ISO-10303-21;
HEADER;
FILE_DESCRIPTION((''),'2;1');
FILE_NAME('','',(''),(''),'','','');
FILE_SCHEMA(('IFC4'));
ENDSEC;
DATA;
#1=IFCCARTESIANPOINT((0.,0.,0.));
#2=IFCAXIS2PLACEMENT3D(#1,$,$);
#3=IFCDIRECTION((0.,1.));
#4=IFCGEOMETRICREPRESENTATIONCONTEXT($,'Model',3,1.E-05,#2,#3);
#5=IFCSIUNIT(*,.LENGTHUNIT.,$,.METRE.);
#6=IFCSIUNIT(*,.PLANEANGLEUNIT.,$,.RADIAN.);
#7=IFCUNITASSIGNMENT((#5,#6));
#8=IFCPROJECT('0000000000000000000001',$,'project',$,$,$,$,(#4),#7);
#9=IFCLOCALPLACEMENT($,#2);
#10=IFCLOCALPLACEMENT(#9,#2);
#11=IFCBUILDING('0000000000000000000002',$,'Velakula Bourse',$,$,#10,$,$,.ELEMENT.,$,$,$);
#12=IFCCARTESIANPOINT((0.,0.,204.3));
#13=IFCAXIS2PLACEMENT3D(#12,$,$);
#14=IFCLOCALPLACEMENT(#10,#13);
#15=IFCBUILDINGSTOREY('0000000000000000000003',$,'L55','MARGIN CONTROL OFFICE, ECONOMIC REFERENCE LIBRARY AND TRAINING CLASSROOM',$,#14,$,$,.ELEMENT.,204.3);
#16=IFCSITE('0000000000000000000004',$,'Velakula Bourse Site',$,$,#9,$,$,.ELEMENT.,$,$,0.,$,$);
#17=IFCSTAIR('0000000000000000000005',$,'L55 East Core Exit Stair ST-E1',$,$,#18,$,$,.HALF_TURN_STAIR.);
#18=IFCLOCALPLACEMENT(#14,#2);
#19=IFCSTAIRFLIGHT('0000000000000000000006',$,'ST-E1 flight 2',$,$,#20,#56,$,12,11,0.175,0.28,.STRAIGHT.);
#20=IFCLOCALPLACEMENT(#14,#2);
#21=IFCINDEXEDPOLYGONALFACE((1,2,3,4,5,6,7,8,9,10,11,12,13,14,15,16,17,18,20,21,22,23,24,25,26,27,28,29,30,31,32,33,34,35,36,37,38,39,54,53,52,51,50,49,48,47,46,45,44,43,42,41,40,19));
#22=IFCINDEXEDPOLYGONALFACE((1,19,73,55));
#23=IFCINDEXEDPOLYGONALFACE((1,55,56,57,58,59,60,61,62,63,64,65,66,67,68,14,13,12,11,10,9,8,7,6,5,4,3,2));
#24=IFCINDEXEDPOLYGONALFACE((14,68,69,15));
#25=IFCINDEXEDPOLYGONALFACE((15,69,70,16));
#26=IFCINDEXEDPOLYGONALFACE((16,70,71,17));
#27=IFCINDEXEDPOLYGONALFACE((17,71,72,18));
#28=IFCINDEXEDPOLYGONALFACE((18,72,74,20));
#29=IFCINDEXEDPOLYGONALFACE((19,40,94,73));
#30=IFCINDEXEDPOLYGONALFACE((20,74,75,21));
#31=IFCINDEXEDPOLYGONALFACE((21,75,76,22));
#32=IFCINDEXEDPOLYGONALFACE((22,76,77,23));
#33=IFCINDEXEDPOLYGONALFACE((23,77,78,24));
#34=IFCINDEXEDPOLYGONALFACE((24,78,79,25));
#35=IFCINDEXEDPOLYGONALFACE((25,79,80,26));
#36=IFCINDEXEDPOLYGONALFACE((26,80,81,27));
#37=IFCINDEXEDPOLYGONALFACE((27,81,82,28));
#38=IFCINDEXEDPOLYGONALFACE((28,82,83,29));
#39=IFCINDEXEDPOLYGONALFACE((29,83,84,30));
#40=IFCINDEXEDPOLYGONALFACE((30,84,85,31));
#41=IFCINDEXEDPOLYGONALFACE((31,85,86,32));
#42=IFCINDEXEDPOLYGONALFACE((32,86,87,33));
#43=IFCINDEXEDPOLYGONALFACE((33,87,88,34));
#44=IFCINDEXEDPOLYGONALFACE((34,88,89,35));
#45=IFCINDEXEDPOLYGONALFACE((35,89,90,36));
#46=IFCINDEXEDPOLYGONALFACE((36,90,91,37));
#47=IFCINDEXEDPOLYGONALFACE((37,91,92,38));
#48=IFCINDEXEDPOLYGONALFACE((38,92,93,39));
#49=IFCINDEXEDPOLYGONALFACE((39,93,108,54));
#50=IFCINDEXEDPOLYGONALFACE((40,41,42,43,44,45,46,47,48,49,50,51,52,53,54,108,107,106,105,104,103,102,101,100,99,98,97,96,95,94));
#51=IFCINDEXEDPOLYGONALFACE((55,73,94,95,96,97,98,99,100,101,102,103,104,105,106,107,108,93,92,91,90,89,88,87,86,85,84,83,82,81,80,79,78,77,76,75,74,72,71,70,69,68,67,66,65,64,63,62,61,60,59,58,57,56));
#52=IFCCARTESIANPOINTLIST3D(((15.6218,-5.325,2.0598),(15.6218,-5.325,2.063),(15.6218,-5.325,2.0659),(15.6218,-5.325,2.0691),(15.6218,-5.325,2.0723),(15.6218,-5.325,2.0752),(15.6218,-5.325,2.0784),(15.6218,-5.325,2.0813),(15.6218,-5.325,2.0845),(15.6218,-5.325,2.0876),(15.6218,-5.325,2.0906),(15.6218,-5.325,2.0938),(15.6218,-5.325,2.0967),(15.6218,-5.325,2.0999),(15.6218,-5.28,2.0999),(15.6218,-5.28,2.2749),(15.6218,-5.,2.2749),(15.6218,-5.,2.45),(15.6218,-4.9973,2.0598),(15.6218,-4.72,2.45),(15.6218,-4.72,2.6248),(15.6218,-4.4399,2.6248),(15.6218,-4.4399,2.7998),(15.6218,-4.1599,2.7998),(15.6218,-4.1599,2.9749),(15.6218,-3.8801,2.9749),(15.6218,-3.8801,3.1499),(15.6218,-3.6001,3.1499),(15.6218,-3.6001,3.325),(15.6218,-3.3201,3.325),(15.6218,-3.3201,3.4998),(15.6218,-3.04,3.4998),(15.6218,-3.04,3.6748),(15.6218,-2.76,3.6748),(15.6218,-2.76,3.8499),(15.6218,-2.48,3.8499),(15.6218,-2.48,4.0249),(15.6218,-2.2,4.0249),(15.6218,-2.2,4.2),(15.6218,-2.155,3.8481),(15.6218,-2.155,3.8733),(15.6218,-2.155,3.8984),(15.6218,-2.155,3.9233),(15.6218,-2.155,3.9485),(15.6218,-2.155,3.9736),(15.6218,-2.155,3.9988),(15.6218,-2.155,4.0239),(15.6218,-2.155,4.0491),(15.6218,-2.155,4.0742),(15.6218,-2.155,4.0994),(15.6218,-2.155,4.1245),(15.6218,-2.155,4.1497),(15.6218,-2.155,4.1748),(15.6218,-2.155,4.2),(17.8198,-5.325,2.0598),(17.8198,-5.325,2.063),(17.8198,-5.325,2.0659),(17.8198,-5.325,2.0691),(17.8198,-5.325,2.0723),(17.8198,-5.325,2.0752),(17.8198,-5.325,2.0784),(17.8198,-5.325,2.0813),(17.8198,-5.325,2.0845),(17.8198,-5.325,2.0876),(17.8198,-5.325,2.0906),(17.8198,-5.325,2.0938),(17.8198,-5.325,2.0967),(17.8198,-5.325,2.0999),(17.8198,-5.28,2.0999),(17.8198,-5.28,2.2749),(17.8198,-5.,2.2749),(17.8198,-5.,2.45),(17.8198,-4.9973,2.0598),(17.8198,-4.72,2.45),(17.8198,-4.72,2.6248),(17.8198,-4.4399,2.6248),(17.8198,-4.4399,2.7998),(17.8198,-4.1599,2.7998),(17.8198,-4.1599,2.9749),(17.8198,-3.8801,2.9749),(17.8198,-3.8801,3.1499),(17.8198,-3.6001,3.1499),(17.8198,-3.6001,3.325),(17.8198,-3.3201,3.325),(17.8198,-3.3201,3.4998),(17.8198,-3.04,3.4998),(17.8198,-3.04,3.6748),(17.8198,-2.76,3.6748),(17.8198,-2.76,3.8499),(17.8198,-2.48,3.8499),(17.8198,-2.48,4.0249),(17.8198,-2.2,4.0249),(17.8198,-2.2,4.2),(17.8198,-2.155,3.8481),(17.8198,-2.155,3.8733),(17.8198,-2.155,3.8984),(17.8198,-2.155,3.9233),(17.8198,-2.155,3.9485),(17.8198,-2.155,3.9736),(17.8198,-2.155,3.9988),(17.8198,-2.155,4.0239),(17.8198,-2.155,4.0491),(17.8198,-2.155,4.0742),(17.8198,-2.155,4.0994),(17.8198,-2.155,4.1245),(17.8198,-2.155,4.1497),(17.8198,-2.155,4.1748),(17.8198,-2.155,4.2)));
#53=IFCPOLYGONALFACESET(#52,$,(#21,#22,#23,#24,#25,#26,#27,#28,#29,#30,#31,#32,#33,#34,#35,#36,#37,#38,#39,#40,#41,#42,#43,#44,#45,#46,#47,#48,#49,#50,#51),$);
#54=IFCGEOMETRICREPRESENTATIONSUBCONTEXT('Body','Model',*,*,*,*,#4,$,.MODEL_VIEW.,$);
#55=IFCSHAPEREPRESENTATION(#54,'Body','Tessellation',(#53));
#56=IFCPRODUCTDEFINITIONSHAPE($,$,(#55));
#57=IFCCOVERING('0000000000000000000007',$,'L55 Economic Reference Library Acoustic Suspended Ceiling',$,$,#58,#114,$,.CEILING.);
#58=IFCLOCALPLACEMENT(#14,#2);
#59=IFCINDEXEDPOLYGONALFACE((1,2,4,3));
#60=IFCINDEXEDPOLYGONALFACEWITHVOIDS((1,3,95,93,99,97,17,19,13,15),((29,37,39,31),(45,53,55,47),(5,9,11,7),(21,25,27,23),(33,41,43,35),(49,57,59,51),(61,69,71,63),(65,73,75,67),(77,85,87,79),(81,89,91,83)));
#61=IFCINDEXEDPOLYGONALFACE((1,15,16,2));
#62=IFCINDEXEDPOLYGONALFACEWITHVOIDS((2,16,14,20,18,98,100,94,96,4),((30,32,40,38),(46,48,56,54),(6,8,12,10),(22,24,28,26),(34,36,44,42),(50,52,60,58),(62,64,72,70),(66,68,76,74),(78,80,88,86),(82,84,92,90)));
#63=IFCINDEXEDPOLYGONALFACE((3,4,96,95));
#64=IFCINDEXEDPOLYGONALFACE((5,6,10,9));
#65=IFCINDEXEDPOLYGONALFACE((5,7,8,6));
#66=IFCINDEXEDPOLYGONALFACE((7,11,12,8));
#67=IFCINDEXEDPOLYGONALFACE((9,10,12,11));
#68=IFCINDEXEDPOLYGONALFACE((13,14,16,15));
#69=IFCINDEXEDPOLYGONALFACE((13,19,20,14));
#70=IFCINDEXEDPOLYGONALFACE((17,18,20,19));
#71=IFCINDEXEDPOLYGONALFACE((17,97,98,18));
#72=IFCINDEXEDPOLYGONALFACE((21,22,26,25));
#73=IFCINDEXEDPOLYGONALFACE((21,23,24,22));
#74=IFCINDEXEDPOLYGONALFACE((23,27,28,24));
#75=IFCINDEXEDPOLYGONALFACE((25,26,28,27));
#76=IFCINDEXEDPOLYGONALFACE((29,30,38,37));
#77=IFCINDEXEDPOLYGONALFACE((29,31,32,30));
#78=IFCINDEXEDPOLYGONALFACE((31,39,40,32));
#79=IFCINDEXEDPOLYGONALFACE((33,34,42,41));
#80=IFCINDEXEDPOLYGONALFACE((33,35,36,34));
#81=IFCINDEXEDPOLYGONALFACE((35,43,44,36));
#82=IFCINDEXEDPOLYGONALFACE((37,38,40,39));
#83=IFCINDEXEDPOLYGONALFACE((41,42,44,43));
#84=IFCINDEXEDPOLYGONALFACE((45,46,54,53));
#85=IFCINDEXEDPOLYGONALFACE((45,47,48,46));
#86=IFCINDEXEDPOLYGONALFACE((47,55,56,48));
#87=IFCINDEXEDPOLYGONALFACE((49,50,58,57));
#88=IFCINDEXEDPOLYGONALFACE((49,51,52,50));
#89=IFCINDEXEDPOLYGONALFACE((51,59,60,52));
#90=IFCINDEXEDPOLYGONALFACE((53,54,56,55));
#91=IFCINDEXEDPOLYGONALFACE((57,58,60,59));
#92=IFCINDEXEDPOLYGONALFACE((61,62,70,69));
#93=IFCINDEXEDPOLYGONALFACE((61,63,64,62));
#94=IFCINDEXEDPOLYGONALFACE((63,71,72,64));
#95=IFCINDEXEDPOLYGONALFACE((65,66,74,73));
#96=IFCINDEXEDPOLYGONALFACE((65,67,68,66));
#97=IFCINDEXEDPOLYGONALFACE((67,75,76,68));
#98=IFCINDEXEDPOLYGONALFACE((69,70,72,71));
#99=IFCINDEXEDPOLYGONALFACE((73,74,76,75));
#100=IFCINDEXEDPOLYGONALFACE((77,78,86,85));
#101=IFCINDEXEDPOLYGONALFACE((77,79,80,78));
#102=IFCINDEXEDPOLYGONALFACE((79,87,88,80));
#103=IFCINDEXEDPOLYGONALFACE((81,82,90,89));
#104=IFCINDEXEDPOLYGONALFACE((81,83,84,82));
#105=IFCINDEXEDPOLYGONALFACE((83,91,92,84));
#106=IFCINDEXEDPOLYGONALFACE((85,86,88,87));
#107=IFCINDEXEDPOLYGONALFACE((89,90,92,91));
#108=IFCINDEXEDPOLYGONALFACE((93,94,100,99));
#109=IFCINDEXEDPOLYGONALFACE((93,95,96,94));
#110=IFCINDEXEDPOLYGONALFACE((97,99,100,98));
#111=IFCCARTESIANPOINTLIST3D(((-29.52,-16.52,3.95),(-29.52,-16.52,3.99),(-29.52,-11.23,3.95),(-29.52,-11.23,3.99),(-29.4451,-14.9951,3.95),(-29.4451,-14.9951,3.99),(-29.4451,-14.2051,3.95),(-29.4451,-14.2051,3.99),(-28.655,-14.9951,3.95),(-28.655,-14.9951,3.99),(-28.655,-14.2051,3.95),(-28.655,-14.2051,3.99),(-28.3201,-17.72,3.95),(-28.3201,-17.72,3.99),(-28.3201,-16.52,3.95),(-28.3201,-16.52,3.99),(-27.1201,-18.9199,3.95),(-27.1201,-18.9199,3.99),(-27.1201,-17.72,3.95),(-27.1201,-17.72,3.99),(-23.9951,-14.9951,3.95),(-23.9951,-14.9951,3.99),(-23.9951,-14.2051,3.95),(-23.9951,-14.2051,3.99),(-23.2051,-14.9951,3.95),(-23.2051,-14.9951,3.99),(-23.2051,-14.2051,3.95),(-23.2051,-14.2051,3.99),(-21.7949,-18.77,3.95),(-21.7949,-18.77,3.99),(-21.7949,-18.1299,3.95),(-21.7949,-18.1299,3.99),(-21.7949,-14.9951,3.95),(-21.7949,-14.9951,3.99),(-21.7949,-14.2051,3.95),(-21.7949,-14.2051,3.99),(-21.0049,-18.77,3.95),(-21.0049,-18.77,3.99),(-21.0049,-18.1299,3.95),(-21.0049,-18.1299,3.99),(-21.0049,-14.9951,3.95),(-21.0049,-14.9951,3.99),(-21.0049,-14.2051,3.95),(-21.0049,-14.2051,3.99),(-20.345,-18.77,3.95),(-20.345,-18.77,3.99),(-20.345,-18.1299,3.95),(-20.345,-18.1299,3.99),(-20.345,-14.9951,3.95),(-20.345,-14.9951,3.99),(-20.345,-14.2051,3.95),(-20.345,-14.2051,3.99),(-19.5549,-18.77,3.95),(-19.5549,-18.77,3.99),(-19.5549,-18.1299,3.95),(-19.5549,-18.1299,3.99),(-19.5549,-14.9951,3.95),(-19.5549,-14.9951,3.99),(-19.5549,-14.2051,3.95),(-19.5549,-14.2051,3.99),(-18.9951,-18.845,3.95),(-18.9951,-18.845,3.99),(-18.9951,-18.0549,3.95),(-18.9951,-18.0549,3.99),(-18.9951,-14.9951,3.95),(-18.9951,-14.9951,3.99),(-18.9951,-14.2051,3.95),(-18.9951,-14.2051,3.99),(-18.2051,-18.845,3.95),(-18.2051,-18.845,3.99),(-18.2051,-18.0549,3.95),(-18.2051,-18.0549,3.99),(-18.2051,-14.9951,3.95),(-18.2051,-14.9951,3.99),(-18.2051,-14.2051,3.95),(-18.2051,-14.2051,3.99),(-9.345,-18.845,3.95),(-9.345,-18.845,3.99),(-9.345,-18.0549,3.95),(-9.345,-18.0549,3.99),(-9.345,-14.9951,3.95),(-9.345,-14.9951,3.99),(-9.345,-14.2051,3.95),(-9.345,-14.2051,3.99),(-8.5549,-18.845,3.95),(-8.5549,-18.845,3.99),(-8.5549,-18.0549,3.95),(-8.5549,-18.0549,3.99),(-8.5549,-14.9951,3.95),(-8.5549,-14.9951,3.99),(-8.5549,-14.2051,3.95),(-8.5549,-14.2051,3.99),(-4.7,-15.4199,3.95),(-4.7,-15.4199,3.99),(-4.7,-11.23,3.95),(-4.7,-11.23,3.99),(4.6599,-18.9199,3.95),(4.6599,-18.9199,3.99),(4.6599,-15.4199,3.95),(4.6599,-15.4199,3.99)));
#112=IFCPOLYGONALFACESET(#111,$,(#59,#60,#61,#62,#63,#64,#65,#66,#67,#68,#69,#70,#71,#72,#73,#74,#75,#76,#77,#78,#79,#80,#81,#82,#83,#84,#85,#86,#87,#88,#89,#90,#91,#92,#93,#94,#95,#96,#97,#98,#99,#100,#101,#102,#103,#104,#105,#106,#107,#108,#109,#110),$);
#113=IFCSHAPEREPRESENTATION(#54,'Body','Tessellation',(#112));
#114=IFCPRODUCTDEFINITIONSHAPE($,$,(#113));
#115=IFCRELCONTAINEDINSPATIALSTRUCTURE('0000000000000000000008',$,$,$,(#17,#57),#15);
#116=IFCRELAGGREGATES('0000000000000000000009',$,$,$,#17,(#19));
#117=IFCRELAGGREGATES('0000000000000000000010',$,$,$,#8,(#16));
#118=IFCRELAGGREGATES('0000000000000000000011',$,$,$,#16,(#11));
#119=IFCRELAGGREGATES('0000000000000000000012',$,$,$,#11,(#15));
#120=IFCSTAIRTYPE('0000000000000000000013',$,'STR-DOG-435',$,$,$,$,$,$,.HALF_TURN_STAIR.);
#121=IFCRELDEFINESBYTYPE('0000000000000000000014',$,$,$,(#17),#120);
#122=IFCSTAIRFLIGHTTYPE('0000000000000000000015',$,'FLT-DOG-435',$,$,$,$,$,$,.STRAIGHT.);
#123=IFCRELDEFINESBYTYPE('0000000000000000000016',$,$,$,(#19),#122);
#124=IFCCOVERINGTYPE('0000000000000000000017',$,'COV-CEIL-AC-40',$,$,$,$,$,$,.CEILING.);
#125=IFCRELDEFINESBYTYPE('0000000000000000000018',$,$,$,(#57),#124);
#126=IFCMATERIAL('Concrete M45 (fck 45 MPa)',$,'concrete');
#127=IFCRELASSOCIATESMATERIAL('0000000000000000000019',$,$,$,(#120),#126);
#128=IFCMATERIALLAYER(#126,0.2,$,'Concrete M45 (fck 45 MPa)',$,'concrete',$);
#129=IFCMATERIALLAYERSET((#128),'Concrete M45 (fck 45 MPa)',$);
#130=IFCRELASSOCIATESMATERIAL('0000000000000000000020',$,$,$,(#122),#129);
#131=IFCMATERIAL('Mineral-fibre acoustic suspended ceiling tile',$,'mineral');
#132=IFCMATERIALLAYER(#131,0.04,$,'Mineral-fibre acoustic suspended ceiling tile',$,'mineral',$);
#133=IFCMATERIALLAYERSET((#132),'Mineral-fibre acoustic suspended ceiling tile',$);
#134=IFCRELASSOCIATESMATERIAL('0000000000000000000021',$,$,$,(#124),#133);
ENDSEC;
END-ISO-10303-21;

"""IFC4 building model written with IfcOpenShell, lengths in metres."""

from ifc_helpers import new_model, si_unit, direction, frame, origin, place, context, subcontext, project, spatial, polyline, outline, extrude, material, layer, layer_set, type_object, element, aggregate, save


model = new_model("IFC4")

# Units and contexts
model_context = context("Model", 3, precision=1e-05, world=origin(), true_north=direction((0.0, 1.0)))
body_context = subcontext(model_context, "Body", "Model", "MODEL_VIEW")
ifc_project = project(units=[si_unit("LENGTHUNIT", "METRE"), si_unit("PLANEANGLEUNIT", "RADIAN")], contexts=[model_context])

# Site, building, storey
site_placement = place(None, origin())
site = spatial("IfcSite", under=ifc_project, at=site_placement, Name="Velakula Bourse Site", CompositionType="ELEMENT", RefElevation=0.0)
building_placement = place(site_placement, origin())
building = spatial("IfcBuilding", under=site, at=building_placement, Name="Velakula Bourse", CompositionType="ELEMENT")
storey_placement = place(building_placement, frame((0.0, 0.0, 204.3)))
storey = spatial("IfcBuildingStorey", under=building, at=storey_placement, Name="L55", Description="MARGIN CONTROL OFFICE, ECONOMIC REFERENCE LIBRARY AND TRAINING CLASSROOM", CompositionType="ELEMENT", Elevation=204.3)

# Stair
ifc_material_1 = material(Name="Concrete M45 (fck 45 MPa)", Category="concrete")
stair_type = type_object("IfcStairType", Name="STR-DOG-435", PredefinedType="HALF_TURN_STAIR", material=ifc_material_1)
stair_1_placement = place(storey_placement, origin())
stair_1 = element("IfcStair", 1, at=stair_1_placement, inside=storey, type_object=stair_type, Name="L55 East Core Exit Stair ST-E1", PredefinedType="HALF_TURN_STAIR")

# Stair flight
ifc_layer_1 = layer(ifc_material_1, 0.2, Name="Concrete M45 (fck 45 MPa)", Category="concrete")
ifc_layer_set_1 = layer_set([ifc_layer_1], Name="Concrete M45 (fck 45 MPa)")
stair_flight_type = type_object("IfcStairFlightType", Name="FLT-DOG-435", PredefinedType="STRAIGHT", material=ifc_layer_set_1)
stair_flight_1_placement = place(storey_placement, frame((16.7209, -5.28, 2.0999), z_axis=(0.0, 0.0, 1.0), x_axis=(0.0, 1.0, 0.0)))
stair_flight_1 = element("IfcStairFlight", 2, at=stair_flight_1_placement, type_object=stair_flight_type, Name="ST-E1 flight 2", NumberOfRisers=12, NumberOfTreads=11, PredefinedType="STRAIGHT", RiserHeight=0.175, TreadLength=0.28, context=body_context, shape_type="SweptSolid", body=[
    extrude(outline(polyline([(-0.0449, -0.04), (-0.0449, -0.0369), (-0.0449, -0.0339), (-0.0449, -0.0308), (-0.0449, -0.0276), (-0.0449, -0.0247), (-0.0449, -0.0215), (-0.0449, -0.0186), (-0.0449, -0.0154), (-0.0449, -0.0122), (-0.0449, -0.0093), (-0.0449, -0.0061), (-0.0449, -0.0032), (-0.0449, 0.0), (0.0, 0.0), (0.0, 0.175), (0.28, 0.175), (0.28, 0.3501), (0.5601, 0.3501), (0.5601, 0.5249), (0.8401, 0.5249), (0.8401, 0.7), (1.1201, 0.7), (1.1201, 0.875), (1.3999, 0.875), (1.3999, 1.05), (1.6799, 1.05), (1.6799, 1.2251), (1.96, 1.2251), (1.96, 1.3999), (2.24, 1.3999), (2.24, 1.575), (2.52, 1.575), (2.52, 1.75), (2.8, 1.75), (2.8, 1.925), (3.0801, 1.925), (3.0801, 2.1001), (3.125, 2.1001), (3.125, 2.075), (3.125, 2.0498), (3.125, 2.0247), (3.125, 1.9995), (3.125, 1.9744), (3.125, 1.9492), (3.125, 1.9241), (3.125, 1.8989), (3.125, 1.8738), (3.125, 1.8486), (3.125, 1.8235), (3.125, 1.7986), (3.125, 1.7734), (3.125, 1.7483), (0.2827, -0.04), (-0.0449, -0.04)])), frame((0.0, 1.0991, 0.0), z_axis=(0.0, -1.0, 0.0), x_axis=(1.0, 0.0, 0.0)), (0.0, 0.0, 1.0), 2.198),
])
aggregate(stair_1, [stair_flight_1])

# Covering
ifc_material_2 = material(Name="Mineral-fibre acoustic suspended ceiling tile", Category="mineral")
ifc_layer_2 = layer(ifc_material_2, 0.04, Name="Mineral-fibre acoustic suspended ceiling tile", Category="mineral")
ifc_layer_set_2 = layer_set([ifc_layer_2], Name="Mineral-fibre acoustic suspended ceiling tile")
covering_type_1 = type_object("IfcCoveringType", Name="COV-CEIL-AC-40", PredefinedType="CEILING", material=ifc_layer_set_2)
covering_1_placement = place(storey_placement, frame((0.0, 0.0, 3.95)))
element("IfcCovering", 3, at=covering_1_placement, inside=storey, type_object=covering_type_1, Name="L55 Economic Reference Library Acoustic Suspended Ceiling", PredefinedType="CEILING", context=body_context, shape_type="SweptSolid", body=[
    extrude(outline(polyline([(-4.7, -15.4199), (4.6599, -15.4199), (4.6599, -18.9199), (-27.1201, -18.9199), (-27.1201, -17.72), (-28.3201, -17.72), (-28.3201, -16.52), (-29.52, -16.52), (-29.52, -11.23), (-4.7, -11.23), (-4.7, -15.4199)]), holes=[polyline([(-20.345, -18.77), (-19.5549, -18.77), (-19.5549, -18.1299), (-20.345, -18.1299), (-20.345, -18.77)]), polyline([(-21.7949, -18.77), (-21.0049, -18.77), (-21.0049, -18.1299), (-21.7949, -18.1299), (-21.7949, -18.77)]), polyline([(-18.9951, -14.9951), (-18.2051, -14.9951), (-18.2051, -14.2051), (-18.9951, -14.2051), (-18.9951, -14.9951)]), polyline([(-29.4451, -14.9951), (-28.655, -14.9951), (-28.655, -14.2051), (-29.4451, -14.2051), (-29.4451, -14.9951)]), polyline([(-23.9951, -14.9951), (-23.2051, -14.9951), (-23.2051, -14.2051), (-23.9951, -14.2051), (-23.9951, -14.9951)]), polyline([(-20.345, -14.9951), (-19.5549, -14.9951), (-19.5549, -14.2051), (-20.345, -14.2051), (-20.345, -14.9951)]), polyline([(-21.7949, -14.9951), (-21.0049, -14.9951), (-21.0049, -14.2051), (-21.7949, -14.2051), (-21.7949, -14.9951)]), polyline([(-18.9951, -18.845), (-18.2051, -18.845), (-18.2051, -18.0549), (-18.9951, -18.0549), (-18.9951, -18.845)]), polyline([(-9.345, -18.0549), (-9.345, -18.845), (-8.5549, -18.845), (-8.5549, -18.0549), (-9.345, -18.0549)]), polyline([(-9.345, -14.9951), (-8.5549, -14.9951), (-8.5549, -14.2051), (-9.345, -14.2051), (-9.345, -14.9951)])]), origin(), (0.0, 0.0, 1.0), 0.04),
])

save(model, "model.ifc")
